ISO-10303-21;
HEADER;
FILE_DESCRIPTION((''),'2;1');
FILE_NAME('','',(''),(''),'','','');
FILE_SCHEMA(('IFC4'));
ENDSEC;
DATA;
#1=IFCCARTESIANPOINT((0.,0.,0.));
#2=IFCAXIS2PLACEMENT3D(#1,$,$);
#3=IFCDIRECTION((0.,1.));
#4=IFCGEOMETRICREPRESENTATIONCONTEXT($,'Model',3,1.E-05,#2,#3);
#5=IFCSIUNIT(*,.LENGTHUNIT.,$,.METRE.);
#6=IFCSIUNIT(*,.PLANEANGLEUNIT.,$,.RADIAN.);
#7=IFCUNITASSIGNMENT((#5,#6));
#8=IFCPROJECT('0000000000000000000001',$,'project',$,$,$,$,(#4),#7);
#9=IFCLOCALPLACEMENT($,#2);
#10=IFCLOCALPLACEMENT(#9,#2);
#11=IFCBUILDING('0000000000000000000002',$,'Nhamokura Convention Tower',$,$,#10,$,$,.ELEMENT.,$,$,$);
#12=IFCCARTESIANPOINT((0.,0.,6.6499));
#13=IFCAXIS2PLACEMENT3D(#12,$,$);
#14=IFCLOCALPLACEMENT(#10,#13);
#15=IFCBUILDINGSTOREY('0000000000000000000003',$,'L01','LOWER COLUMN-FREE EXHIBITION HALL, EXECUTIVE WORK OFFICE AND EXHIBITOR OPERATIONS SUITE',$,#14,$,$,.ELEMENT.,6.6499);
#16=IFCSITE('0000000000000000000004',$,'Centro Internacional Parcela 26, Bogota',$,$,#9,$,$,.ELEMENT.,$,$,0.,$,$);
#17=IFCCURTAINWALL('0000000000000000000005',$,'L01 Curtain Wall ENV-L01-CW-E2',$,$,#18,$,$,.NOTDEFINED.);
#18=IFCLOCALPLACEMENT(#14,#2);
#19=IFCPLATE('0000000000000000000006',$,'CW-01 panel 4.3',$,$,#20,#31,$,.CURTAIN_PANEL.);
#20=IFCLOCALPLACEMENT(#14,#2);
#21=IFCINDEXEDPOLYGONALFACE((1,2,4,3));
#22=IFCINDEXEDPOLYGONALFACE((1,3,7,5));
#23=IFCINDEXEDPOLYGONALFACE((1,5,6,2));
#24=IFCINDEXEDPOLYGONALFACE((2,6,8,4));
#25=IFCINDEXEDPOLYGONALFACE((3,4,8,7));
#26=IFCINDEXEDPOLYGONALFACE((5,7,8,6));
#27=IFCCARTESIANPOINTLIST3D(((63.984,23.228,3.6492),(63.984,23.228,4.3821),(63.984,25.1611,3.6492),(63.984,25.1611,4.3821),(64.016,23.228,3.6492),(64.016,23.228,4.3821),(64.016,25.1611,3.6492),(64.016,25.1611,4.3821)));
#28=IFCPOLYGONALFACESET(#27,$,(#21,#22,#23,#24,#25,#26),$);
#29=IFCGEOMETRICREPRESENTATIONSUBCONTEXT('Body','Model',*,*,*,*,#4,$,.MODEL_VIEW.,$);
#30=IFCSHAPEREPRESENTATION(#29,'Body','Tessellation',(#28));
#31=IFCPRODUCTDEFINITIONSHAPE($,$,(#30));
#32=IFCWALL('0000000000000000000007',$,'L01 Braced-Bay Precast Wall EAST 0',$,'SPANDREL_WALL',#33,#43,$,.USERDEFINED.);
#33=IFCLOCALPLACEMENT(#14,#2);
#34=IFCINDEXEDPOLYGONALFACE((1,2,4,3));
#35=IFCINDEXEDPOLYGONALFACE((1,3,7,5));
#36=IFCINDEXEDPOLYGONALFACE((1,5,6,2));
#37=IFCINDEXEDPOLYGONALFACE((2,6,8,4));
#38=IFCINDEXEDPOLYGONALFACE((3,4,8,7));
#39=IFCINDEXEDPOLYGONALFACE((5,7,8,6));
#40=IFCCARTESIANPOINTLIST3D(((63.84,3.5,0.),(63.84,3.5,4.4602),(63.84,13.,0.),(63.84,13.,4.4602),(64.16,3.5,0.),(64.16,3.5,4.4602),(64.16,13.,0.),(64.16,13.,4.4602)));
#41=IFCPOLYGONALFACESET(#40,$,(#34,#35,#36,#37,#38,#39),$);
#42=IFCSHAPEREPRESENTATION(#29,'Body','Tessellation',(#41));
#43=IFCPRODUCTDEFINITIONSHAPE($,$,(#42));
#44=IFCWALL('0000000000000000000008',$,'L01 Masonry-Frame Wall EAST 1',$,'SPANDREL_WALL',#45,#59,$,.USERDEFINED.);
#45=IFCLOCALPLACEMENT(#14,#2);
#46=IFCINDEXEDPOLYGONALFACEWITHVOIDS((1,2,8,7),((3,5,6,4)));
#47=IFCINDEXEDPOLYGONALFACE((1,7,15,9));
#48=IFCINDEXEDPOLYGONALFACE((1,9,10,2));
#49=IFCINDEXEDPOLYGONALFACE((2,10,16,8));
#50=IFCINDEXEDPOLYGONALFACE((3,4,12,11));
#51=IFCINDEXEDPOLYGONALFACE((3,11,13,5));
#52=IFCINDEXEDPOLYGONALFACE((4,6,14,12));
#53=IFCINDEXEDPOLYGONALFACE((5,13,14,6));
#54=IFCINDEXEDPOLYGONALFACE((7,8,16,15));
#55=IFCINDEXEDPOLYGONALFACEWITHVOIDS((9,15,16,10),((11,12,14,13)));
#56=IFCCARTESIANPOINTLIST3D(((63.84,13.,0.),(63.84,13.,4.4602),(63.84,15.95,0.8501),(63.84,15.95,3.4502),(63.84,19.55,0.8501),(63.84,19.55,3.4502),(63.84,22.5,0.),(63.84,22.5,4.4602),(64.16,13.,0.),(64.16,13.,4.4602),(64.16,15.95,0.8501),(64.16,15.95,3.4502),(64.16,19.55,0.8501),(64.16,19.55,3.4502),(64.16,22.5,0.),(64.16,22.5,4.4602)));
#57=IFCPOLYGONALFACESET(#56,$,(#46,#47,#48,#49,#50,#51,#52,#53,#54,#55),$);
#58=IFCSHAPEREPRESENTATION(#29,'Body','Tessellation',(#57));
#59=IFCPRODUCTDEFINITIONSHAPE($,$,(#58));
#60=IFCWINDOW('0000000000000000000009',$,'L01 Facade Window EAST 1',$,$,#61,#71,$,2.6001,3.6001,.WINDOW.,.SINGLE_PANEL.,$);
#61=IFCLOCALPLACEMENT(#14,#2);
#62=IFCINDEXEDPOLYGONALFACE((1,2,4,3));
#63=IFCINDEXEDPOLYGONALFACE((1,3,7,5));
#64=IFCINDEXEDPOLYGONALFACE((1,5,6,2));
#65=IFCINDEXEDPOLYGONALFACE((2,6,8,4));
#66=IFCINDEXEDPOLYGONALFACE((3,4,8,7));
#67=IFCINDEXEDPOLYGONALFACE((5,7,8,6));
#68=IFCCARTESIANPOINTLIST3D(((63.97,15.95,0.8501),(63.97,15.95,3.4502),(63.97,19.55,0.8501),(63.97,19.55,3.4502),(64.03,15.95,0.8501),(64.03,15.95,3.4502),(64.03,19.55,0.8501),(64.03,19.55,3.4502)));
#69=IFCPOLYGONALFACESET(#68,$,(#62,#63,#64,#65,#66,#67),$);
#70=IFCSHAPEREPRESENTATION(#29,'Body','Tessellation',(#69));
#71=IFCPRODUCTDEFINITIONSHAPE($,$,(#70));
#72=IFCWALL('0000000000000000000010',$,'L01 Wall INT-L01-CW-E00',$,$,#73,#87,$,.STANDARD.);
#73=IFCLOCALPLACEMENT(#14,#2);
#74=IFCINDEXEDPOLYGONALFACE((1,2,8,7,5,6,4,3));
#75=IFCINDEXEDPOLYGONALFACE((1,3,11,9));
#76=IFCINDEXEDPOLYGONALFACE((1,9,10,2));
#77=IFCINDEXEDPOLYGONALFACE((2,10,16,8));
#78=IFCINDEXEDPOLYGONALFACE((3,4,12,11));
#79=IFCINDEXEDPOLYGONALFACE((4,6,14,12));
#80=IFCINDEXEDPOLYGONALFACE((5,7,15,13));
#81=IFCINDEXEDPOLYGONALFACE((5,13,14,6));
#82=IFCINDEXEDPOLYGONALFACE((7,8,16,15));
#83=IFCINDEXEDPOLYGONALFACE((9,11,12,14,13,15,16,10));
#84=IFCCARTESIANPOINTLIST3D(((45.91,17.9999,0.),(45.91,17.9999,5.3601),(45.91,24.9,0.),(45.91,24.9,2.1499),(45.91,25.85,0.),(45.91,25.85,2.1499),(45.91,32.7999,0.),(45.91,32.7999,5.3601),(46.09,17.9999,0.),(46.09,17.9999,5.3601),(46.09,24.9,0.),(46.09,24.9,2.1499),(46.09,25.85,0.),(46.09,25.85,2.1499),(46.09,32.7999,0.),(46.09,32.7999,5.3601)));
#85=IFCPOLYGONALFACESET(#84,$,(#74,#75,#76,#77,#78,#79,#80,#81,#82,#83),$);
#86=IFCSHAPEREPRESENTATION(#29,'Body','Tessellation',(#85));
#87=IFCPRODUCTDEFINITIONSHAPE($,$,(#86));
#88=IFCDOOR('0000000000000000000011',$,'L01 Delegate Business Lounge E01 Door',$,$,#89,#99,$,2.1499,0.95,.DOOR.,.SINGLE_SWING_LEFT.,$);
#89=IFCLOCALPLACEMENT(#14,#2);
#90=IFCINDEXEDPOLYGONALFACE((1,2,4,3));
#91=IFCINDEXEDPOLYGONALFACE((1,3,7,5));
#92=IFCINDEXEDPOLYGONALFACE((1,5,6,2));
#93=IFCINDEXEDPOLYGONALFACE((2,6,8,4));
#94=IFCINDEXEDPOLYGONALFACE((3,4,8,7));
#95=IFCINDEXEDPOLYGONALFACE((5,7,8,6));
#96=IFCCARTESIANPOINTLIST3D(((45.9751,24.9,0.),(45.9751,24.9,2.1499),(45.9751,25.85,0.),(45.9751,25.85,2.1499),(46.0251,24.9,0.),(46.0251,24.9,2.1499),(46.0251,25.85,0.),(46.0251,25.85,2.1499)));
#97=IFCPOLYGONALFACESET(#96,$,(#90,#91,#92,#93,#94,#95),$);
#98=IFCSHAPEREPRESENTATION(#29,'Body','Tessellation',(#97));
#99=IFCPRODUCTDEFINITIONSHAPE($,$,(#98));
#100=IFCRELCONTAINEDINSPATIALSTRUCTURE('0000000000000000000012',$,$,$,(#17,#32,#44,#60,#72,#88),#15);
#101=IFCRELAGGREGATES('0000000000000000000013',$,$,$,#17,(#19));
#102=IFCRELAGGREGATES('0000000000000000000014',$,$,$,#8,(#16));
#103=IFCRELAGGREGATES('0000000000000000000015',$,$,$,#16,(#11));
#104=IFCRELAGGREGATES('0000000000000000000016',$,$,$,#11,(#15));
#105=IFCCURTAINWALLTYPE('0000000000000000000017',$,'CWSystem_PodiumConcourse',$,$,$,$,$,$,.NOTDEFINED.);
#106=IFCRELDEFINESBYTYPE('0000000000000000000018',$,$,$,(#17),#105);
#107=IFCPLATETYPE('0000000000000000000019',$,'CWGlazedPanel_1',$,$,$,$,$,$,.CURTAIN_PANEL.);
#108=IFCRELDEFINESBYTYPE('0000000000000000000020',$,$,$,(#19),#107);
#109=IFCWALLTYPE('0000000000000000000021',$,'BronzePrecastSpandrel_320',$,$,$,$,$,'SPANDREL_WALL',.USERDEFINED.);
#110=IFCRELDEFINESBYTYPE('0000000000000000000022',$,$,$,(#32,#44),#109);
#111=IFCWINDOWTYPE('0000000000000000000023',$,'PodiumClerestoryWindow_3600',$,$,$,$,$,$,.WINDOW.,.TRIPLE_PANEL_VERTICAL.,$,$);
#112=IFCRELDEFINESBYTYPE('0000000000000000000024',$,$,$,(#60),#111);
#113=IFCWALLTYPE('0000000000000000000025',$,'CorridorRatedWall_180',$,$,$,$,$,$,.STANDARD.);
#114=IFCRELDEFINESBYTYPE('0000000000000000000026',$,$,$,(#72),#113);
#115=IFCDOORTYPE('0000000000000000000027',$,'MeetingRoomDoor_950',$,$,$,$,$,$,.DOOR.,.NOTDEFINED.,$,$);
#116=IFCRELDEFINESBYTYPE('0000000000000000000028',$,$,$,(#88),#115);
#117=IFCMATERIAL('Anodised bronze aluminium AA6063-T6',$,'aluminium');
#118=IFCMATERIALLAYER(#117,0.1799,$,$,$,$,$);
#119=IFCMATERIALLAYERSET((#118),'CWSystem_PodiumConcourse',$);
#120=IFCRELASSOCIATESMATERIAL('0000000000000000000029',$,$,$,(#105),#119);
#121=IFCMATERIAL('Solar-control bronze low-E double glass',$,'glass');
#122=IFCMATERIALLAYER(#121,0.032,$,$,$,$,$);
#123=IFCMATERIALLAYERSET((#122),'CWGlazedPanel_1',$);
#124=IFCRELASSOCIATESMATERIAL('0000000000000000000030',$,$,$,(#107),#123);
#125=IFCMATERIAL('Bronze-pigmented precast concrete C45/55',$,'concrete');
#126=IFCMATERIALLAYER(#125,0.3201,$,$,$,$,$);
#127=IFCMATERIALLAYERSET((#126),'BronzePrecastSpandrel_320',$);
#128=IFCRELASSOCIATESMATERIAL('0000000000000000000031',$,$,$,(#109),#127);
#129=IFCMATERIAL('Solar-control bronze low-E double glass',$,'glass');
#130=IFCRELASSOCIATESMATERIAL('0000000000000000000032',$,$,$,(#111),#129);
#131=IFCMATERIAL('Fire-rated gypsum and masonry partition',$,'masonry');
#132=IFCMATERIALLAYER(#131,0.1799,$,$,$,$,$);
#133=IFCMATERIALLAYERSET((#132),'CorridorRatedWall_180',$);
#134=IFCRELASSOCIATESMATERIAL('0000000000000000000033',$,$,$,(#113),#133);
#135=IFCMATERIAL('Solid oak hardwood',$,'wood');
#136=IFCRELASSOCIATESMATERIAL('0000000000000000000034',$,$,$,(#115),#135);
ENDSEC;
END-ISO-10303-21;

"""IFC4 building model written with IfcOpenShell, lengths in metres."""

from ifc_helpers import new_model, si_unit, direction, frame, frame_2d, origin, origin_2d, place, context, subcontext, project, spatial, rectangle, extrude, material, layer, layer_set, type_object, element, fill, aggregate, save


model = new_model("IFC4")

# Units and contexts
model_context = context("Model", 3, precision=1e-05, world=origin(), true_north=direction((0.0, 1.0)))
body_context = subcontext(model_context, "Body", "Model", "MODEL_VIEW")
ifc_project = project(units=[si_unit("LENGTHUNIT", "METRE"), si_unit("PLANEANGLEUNIT", "RADIAN")], contexts=[model_context])

# Site, building, storey
site_placement = place(None, origin())
site = spatial("IfcSite", under=ifc_project, at=site_placement, Name="Centro Internacional Parcela 26, Bogota", CompositionType="ELEMENT", RefElevation=0.0)
building_placement = place(site_placement, origin())
building = spatial("IfcBuilding", under=site, at=building_placement, Name="Nhamokura Convention Tower", CompositionType="ELEMENT")
storey_placement = place(building_placement, frame((0.0, 0.0, 6.6499)))
storey = spatial("IfcBuildingStorey", under=building, at=storey_placement, Name="L01", Description="LOWER COLUMN-FREE EXHIBITION HALL, EXECUTIVE WORK OFFICE AND EXHIBITOR OPERATIONS SUITE", CompositionType="ELEMENT", Elevation=6.6499)

# Curtain wall
ifc_material_1 = material(Name="Anodised bronze aluminium AA6063-T6", Category="aluminium")
ifc_layer_1 = layer(ifc_material_1, 0.1799)
ifc_layer_set_1 = layer_set([ifc_layer_1], Name="CWSystem_PodiumConcourse")
curtain_wall_type = type_object("IfcCurtainWallType", Name="CWSystem_PodiumConcourse", PredefinedType="NOTDEFINED", material=ifc_layer_set_1)
curtain_wall_placement = place(storey_placement, origin())
curtain_wall = element("IfcCurtainWall", 1, at=curtain_wall_placement, inside=storey, type_object=curtain_wall_type, Name="L01 Curtain Wall ENV-L01-CW-E2", PredefinedType="NOTDEFINED")

# Plate
ifc_material_2 = material(Name="Solar-control bronze low-E double glass", Category="glass")
ifc_layer_2 = layer(ifc_material_2, 0.032)
ifc_layer_set_2 = layer_set([ifc_layer_2], Name="CWGlazedPanel_1")
plate_type = type_object("IfcPlateType", Name="CWGlazedPanel_1", PredefinedType="CURTAIN_PANEL", material=ifc_layer_set_2)
plate_1_placement = place(storey_placement, frame((64.0, 24.1946, 3.6492), z_axis=(0.0, 0.0, 1.0), x_axis=(0.0, -1.0, 0.0)))
plate_1 = element("IfcPlate", 2, at=plate_1_placement, type_object=plate_type, Name="CW-01 panel 4.3", PredefinedType="CURTAIN_PANEL", context=body_context, shape_type="SweptSolid", body=[
    extrude(rectangle(XDim=1.9331, YDim=0.032, at=origin_2d()), origin(), (0.0, 0.0, 1.0), 0.7329),
])
aggregate(curtain_wall, [plate_1])

# Wall
ifc_material_3 = material(Name="Bronze-pigmented precast concrete C45/55", Category="concrete")
ifc_layer_3 = layer(ifc_material_3, 0.3201)
ifc_layer_set_3 = layer_set([ifc_layer_3], Name="BronzePrecastSpandrel_320")
wall_type_1 = type_object("IfcWallType", Name="BronzePrecastSpandrel_320", ElementType="SPANDREL_WALL", PredefinedType="USERDEFINED", material=ifc_layer_set_3)
wall_1_placement = place(storey_placement, frame((64.0, 13.0, 0.0), z_axis=(0.0, 0.0, 1.0), x_axis=(0.0, -1.0, 0.0)))
element("IfcWall", 3, at=wall_1_placement, inside=storey, type_object=wall_type_1, Name="L01 Braced-Bay Precast Wall EAST 0", ObjectType="SPANDREL_WALL", PredefinedType="USERDEFINED", context=body_context, shape_type="SweptSolid", body=[
    extrude(rectangle(XDim=9.5, YDim=0.3201, at=frame_2d((4.75, 0.0))), origin(), (0.0, 0.0, 1.0), 4.4602),
])

# Wall, opening, window
wall_2_placement = place(storey_placement, frame((64.0, 22.5, 0.0), z_axis=(0.0, 0.0, 1.0), x_axis=(0.0, -1.0, 0.0)))
wall_2 = element("IfcWall", 4, at=wall_2_placement, inside=storey, type_object=wall_type_1, Name="L01 Masonry-Frame Wall EAST 1", ObjectType="SPANDREL_WALL", PredefinedType="USERDEFINED", context=body_context, shape_type="SweptSolid", body=[
    extrude(rectangle(XDim=9.5, YDim=0.3201, at=frame_2d((4.75, 0.0))), origin(), (0.0, 0.0, 1.0), 4.4602),
])
opening_1_placement = place(wall_2_placement, frame((2.95, 0.0, 0.8501)))
opening_1 = element("IfcOpeningElement", 5, at=opening_1_placement, cuts=wall_2, PredefinedType="OPENING", context=body_context, shape_type="SweptSolid", body=[
    extrude(rectangle(XDim=3.6001, YDim=2.6001, at=frame_2d((1.8, 1.3))), frame((0.0, 0.1699, 0.0), z_axis=(0.0, -1.0, 0.0), x_axis=(1.0, 0.0, 0.0)), (0.0, 0.0, 1.0), 0.3401),
])
ifc_material_4 = material(Name="Solar-control bronze low-E double glass", Category="glass")
window_type = type_object("IfcWindowType", Name="PodiumClerestoryWindow_3600", PartitioningType="TRIPLE_PANEL_VERTICAL", PredefinedType="WINDOW", material=ifc_material_4)
window_placement = place(opening_1_placement, origin())
window = element("IfcWindow", 6, at=window_placement, inside=storey, type_object=window_type, Name="L01 Facade Window EAST 1", OverallHeight=2.6001, OverallWidth=3.6001, PartitioningType="SINGLE_PANEL", PredefinedType="WINDOW", context=body_context, shape_type="SweptSolid", body=[
    extrude(rectangle(XDim=3.6001, YDim=2.6001, at=frame_2d((1.8, 1.3))), frame((0.0, 0.03, 0.0), z_axis=(0.0, -1.0, 0.0), x_axis=(1.0, 0.0, 0.0)), (0.0, 0.0, 1.0), 0.0601),
])
fill(opening_1, window)

# Wall, opening, door
ifc_material_5 = material(Name="Fire-rated gypsum and masonry partition", Category="masonry")
ifc_layer_4 = layer(ifc_material_5, 0.1799)
ifc_layer_set_4 = layer_set([ifc_layer_4], Name="CorridorRatedWall_180")
wall_type_2 = type_object("IfcWallType", Name="CorridorRatedWall_180", PredefinedType="STANDARD", material=ifc_layer_set_4)
wall_3_placement = place(storey_placement, frame((46.0, 18.0, 0.0), z_axis=(0.0, 0.0, 1.0), x_axis=(0.0, 1.0, 0.0)))
wall_3 = element("IfcWall", 7, at=wall_3_placement, inside=storey, type_object=wall_type_2, Name="L01 Wall INT-L01-CW-E00", PredefinedType="STANDARD", context=body_context, shape_type="SweptSolid", body=[
    extrude(rectangle(XDim=14.8, YDim=0.1799, at=frame_2d((7.3999, 0.0))), origin(), (0.0, 0.0, 1.0), 5.3601),
])
opening_2_placement = place(wall_3_placement, frame((6.8999, 0.0, 0.0)))
opening_2 = element("IfcOpeningElement", 8, at=opening_2_placement, cuts=wall_3, PredefinedType="OPENING", context=body_context, shape_type="SweptSolid", body=[
    extrude(rectangle(XDim=0.95, YDim=2.1499, at=frame_2d((0.4751, 1.075))), frame((0.0, 0.0999, 0.0), z_axis=(0.0, -1.0, 0.0), x_axis=(1.0, 0.0, 0.0)), (0.0, 0.0, 1.0), 0.2),
])
ifc_material_6 = material(Name="Solid oak hardwood", Category="wood")
door_type_1 = type_object("IfcDoorType", Name="MeetingRoomDoor_950", OperationType="NOTDEFINED", PredefinedType="DOOR", material=ifc_material_6)
door_1_placement = place(opening_2_placement, origin())
door_1 = element("IfcDoor", 9, at=door_1_placement, inside=storey, type_object=door_type_1, Name="L01 Delegate Business Lounge E01 Door", OperationType="SINGLE_SWING_LEFT", OverallHeight=2.1499, OverallWidth=0.95, PredefinedType="DOOR", context=body_context, shape_type="SweptSolid", body=[
    extrude(rectangle(XDim=0.95, YDim=2.1499, at=frame_2d((0.4751, 1.075))), frame((0.0, 0.0249, 0.0), z_axis=(0.0, -1.0, 0.0), x_axis=(1.0, 0.0, 0.0)), (0.0, 0.0, 1.0), 0.05),
])
fill(opening_2, door_1)

save(model, "model.ifc")
